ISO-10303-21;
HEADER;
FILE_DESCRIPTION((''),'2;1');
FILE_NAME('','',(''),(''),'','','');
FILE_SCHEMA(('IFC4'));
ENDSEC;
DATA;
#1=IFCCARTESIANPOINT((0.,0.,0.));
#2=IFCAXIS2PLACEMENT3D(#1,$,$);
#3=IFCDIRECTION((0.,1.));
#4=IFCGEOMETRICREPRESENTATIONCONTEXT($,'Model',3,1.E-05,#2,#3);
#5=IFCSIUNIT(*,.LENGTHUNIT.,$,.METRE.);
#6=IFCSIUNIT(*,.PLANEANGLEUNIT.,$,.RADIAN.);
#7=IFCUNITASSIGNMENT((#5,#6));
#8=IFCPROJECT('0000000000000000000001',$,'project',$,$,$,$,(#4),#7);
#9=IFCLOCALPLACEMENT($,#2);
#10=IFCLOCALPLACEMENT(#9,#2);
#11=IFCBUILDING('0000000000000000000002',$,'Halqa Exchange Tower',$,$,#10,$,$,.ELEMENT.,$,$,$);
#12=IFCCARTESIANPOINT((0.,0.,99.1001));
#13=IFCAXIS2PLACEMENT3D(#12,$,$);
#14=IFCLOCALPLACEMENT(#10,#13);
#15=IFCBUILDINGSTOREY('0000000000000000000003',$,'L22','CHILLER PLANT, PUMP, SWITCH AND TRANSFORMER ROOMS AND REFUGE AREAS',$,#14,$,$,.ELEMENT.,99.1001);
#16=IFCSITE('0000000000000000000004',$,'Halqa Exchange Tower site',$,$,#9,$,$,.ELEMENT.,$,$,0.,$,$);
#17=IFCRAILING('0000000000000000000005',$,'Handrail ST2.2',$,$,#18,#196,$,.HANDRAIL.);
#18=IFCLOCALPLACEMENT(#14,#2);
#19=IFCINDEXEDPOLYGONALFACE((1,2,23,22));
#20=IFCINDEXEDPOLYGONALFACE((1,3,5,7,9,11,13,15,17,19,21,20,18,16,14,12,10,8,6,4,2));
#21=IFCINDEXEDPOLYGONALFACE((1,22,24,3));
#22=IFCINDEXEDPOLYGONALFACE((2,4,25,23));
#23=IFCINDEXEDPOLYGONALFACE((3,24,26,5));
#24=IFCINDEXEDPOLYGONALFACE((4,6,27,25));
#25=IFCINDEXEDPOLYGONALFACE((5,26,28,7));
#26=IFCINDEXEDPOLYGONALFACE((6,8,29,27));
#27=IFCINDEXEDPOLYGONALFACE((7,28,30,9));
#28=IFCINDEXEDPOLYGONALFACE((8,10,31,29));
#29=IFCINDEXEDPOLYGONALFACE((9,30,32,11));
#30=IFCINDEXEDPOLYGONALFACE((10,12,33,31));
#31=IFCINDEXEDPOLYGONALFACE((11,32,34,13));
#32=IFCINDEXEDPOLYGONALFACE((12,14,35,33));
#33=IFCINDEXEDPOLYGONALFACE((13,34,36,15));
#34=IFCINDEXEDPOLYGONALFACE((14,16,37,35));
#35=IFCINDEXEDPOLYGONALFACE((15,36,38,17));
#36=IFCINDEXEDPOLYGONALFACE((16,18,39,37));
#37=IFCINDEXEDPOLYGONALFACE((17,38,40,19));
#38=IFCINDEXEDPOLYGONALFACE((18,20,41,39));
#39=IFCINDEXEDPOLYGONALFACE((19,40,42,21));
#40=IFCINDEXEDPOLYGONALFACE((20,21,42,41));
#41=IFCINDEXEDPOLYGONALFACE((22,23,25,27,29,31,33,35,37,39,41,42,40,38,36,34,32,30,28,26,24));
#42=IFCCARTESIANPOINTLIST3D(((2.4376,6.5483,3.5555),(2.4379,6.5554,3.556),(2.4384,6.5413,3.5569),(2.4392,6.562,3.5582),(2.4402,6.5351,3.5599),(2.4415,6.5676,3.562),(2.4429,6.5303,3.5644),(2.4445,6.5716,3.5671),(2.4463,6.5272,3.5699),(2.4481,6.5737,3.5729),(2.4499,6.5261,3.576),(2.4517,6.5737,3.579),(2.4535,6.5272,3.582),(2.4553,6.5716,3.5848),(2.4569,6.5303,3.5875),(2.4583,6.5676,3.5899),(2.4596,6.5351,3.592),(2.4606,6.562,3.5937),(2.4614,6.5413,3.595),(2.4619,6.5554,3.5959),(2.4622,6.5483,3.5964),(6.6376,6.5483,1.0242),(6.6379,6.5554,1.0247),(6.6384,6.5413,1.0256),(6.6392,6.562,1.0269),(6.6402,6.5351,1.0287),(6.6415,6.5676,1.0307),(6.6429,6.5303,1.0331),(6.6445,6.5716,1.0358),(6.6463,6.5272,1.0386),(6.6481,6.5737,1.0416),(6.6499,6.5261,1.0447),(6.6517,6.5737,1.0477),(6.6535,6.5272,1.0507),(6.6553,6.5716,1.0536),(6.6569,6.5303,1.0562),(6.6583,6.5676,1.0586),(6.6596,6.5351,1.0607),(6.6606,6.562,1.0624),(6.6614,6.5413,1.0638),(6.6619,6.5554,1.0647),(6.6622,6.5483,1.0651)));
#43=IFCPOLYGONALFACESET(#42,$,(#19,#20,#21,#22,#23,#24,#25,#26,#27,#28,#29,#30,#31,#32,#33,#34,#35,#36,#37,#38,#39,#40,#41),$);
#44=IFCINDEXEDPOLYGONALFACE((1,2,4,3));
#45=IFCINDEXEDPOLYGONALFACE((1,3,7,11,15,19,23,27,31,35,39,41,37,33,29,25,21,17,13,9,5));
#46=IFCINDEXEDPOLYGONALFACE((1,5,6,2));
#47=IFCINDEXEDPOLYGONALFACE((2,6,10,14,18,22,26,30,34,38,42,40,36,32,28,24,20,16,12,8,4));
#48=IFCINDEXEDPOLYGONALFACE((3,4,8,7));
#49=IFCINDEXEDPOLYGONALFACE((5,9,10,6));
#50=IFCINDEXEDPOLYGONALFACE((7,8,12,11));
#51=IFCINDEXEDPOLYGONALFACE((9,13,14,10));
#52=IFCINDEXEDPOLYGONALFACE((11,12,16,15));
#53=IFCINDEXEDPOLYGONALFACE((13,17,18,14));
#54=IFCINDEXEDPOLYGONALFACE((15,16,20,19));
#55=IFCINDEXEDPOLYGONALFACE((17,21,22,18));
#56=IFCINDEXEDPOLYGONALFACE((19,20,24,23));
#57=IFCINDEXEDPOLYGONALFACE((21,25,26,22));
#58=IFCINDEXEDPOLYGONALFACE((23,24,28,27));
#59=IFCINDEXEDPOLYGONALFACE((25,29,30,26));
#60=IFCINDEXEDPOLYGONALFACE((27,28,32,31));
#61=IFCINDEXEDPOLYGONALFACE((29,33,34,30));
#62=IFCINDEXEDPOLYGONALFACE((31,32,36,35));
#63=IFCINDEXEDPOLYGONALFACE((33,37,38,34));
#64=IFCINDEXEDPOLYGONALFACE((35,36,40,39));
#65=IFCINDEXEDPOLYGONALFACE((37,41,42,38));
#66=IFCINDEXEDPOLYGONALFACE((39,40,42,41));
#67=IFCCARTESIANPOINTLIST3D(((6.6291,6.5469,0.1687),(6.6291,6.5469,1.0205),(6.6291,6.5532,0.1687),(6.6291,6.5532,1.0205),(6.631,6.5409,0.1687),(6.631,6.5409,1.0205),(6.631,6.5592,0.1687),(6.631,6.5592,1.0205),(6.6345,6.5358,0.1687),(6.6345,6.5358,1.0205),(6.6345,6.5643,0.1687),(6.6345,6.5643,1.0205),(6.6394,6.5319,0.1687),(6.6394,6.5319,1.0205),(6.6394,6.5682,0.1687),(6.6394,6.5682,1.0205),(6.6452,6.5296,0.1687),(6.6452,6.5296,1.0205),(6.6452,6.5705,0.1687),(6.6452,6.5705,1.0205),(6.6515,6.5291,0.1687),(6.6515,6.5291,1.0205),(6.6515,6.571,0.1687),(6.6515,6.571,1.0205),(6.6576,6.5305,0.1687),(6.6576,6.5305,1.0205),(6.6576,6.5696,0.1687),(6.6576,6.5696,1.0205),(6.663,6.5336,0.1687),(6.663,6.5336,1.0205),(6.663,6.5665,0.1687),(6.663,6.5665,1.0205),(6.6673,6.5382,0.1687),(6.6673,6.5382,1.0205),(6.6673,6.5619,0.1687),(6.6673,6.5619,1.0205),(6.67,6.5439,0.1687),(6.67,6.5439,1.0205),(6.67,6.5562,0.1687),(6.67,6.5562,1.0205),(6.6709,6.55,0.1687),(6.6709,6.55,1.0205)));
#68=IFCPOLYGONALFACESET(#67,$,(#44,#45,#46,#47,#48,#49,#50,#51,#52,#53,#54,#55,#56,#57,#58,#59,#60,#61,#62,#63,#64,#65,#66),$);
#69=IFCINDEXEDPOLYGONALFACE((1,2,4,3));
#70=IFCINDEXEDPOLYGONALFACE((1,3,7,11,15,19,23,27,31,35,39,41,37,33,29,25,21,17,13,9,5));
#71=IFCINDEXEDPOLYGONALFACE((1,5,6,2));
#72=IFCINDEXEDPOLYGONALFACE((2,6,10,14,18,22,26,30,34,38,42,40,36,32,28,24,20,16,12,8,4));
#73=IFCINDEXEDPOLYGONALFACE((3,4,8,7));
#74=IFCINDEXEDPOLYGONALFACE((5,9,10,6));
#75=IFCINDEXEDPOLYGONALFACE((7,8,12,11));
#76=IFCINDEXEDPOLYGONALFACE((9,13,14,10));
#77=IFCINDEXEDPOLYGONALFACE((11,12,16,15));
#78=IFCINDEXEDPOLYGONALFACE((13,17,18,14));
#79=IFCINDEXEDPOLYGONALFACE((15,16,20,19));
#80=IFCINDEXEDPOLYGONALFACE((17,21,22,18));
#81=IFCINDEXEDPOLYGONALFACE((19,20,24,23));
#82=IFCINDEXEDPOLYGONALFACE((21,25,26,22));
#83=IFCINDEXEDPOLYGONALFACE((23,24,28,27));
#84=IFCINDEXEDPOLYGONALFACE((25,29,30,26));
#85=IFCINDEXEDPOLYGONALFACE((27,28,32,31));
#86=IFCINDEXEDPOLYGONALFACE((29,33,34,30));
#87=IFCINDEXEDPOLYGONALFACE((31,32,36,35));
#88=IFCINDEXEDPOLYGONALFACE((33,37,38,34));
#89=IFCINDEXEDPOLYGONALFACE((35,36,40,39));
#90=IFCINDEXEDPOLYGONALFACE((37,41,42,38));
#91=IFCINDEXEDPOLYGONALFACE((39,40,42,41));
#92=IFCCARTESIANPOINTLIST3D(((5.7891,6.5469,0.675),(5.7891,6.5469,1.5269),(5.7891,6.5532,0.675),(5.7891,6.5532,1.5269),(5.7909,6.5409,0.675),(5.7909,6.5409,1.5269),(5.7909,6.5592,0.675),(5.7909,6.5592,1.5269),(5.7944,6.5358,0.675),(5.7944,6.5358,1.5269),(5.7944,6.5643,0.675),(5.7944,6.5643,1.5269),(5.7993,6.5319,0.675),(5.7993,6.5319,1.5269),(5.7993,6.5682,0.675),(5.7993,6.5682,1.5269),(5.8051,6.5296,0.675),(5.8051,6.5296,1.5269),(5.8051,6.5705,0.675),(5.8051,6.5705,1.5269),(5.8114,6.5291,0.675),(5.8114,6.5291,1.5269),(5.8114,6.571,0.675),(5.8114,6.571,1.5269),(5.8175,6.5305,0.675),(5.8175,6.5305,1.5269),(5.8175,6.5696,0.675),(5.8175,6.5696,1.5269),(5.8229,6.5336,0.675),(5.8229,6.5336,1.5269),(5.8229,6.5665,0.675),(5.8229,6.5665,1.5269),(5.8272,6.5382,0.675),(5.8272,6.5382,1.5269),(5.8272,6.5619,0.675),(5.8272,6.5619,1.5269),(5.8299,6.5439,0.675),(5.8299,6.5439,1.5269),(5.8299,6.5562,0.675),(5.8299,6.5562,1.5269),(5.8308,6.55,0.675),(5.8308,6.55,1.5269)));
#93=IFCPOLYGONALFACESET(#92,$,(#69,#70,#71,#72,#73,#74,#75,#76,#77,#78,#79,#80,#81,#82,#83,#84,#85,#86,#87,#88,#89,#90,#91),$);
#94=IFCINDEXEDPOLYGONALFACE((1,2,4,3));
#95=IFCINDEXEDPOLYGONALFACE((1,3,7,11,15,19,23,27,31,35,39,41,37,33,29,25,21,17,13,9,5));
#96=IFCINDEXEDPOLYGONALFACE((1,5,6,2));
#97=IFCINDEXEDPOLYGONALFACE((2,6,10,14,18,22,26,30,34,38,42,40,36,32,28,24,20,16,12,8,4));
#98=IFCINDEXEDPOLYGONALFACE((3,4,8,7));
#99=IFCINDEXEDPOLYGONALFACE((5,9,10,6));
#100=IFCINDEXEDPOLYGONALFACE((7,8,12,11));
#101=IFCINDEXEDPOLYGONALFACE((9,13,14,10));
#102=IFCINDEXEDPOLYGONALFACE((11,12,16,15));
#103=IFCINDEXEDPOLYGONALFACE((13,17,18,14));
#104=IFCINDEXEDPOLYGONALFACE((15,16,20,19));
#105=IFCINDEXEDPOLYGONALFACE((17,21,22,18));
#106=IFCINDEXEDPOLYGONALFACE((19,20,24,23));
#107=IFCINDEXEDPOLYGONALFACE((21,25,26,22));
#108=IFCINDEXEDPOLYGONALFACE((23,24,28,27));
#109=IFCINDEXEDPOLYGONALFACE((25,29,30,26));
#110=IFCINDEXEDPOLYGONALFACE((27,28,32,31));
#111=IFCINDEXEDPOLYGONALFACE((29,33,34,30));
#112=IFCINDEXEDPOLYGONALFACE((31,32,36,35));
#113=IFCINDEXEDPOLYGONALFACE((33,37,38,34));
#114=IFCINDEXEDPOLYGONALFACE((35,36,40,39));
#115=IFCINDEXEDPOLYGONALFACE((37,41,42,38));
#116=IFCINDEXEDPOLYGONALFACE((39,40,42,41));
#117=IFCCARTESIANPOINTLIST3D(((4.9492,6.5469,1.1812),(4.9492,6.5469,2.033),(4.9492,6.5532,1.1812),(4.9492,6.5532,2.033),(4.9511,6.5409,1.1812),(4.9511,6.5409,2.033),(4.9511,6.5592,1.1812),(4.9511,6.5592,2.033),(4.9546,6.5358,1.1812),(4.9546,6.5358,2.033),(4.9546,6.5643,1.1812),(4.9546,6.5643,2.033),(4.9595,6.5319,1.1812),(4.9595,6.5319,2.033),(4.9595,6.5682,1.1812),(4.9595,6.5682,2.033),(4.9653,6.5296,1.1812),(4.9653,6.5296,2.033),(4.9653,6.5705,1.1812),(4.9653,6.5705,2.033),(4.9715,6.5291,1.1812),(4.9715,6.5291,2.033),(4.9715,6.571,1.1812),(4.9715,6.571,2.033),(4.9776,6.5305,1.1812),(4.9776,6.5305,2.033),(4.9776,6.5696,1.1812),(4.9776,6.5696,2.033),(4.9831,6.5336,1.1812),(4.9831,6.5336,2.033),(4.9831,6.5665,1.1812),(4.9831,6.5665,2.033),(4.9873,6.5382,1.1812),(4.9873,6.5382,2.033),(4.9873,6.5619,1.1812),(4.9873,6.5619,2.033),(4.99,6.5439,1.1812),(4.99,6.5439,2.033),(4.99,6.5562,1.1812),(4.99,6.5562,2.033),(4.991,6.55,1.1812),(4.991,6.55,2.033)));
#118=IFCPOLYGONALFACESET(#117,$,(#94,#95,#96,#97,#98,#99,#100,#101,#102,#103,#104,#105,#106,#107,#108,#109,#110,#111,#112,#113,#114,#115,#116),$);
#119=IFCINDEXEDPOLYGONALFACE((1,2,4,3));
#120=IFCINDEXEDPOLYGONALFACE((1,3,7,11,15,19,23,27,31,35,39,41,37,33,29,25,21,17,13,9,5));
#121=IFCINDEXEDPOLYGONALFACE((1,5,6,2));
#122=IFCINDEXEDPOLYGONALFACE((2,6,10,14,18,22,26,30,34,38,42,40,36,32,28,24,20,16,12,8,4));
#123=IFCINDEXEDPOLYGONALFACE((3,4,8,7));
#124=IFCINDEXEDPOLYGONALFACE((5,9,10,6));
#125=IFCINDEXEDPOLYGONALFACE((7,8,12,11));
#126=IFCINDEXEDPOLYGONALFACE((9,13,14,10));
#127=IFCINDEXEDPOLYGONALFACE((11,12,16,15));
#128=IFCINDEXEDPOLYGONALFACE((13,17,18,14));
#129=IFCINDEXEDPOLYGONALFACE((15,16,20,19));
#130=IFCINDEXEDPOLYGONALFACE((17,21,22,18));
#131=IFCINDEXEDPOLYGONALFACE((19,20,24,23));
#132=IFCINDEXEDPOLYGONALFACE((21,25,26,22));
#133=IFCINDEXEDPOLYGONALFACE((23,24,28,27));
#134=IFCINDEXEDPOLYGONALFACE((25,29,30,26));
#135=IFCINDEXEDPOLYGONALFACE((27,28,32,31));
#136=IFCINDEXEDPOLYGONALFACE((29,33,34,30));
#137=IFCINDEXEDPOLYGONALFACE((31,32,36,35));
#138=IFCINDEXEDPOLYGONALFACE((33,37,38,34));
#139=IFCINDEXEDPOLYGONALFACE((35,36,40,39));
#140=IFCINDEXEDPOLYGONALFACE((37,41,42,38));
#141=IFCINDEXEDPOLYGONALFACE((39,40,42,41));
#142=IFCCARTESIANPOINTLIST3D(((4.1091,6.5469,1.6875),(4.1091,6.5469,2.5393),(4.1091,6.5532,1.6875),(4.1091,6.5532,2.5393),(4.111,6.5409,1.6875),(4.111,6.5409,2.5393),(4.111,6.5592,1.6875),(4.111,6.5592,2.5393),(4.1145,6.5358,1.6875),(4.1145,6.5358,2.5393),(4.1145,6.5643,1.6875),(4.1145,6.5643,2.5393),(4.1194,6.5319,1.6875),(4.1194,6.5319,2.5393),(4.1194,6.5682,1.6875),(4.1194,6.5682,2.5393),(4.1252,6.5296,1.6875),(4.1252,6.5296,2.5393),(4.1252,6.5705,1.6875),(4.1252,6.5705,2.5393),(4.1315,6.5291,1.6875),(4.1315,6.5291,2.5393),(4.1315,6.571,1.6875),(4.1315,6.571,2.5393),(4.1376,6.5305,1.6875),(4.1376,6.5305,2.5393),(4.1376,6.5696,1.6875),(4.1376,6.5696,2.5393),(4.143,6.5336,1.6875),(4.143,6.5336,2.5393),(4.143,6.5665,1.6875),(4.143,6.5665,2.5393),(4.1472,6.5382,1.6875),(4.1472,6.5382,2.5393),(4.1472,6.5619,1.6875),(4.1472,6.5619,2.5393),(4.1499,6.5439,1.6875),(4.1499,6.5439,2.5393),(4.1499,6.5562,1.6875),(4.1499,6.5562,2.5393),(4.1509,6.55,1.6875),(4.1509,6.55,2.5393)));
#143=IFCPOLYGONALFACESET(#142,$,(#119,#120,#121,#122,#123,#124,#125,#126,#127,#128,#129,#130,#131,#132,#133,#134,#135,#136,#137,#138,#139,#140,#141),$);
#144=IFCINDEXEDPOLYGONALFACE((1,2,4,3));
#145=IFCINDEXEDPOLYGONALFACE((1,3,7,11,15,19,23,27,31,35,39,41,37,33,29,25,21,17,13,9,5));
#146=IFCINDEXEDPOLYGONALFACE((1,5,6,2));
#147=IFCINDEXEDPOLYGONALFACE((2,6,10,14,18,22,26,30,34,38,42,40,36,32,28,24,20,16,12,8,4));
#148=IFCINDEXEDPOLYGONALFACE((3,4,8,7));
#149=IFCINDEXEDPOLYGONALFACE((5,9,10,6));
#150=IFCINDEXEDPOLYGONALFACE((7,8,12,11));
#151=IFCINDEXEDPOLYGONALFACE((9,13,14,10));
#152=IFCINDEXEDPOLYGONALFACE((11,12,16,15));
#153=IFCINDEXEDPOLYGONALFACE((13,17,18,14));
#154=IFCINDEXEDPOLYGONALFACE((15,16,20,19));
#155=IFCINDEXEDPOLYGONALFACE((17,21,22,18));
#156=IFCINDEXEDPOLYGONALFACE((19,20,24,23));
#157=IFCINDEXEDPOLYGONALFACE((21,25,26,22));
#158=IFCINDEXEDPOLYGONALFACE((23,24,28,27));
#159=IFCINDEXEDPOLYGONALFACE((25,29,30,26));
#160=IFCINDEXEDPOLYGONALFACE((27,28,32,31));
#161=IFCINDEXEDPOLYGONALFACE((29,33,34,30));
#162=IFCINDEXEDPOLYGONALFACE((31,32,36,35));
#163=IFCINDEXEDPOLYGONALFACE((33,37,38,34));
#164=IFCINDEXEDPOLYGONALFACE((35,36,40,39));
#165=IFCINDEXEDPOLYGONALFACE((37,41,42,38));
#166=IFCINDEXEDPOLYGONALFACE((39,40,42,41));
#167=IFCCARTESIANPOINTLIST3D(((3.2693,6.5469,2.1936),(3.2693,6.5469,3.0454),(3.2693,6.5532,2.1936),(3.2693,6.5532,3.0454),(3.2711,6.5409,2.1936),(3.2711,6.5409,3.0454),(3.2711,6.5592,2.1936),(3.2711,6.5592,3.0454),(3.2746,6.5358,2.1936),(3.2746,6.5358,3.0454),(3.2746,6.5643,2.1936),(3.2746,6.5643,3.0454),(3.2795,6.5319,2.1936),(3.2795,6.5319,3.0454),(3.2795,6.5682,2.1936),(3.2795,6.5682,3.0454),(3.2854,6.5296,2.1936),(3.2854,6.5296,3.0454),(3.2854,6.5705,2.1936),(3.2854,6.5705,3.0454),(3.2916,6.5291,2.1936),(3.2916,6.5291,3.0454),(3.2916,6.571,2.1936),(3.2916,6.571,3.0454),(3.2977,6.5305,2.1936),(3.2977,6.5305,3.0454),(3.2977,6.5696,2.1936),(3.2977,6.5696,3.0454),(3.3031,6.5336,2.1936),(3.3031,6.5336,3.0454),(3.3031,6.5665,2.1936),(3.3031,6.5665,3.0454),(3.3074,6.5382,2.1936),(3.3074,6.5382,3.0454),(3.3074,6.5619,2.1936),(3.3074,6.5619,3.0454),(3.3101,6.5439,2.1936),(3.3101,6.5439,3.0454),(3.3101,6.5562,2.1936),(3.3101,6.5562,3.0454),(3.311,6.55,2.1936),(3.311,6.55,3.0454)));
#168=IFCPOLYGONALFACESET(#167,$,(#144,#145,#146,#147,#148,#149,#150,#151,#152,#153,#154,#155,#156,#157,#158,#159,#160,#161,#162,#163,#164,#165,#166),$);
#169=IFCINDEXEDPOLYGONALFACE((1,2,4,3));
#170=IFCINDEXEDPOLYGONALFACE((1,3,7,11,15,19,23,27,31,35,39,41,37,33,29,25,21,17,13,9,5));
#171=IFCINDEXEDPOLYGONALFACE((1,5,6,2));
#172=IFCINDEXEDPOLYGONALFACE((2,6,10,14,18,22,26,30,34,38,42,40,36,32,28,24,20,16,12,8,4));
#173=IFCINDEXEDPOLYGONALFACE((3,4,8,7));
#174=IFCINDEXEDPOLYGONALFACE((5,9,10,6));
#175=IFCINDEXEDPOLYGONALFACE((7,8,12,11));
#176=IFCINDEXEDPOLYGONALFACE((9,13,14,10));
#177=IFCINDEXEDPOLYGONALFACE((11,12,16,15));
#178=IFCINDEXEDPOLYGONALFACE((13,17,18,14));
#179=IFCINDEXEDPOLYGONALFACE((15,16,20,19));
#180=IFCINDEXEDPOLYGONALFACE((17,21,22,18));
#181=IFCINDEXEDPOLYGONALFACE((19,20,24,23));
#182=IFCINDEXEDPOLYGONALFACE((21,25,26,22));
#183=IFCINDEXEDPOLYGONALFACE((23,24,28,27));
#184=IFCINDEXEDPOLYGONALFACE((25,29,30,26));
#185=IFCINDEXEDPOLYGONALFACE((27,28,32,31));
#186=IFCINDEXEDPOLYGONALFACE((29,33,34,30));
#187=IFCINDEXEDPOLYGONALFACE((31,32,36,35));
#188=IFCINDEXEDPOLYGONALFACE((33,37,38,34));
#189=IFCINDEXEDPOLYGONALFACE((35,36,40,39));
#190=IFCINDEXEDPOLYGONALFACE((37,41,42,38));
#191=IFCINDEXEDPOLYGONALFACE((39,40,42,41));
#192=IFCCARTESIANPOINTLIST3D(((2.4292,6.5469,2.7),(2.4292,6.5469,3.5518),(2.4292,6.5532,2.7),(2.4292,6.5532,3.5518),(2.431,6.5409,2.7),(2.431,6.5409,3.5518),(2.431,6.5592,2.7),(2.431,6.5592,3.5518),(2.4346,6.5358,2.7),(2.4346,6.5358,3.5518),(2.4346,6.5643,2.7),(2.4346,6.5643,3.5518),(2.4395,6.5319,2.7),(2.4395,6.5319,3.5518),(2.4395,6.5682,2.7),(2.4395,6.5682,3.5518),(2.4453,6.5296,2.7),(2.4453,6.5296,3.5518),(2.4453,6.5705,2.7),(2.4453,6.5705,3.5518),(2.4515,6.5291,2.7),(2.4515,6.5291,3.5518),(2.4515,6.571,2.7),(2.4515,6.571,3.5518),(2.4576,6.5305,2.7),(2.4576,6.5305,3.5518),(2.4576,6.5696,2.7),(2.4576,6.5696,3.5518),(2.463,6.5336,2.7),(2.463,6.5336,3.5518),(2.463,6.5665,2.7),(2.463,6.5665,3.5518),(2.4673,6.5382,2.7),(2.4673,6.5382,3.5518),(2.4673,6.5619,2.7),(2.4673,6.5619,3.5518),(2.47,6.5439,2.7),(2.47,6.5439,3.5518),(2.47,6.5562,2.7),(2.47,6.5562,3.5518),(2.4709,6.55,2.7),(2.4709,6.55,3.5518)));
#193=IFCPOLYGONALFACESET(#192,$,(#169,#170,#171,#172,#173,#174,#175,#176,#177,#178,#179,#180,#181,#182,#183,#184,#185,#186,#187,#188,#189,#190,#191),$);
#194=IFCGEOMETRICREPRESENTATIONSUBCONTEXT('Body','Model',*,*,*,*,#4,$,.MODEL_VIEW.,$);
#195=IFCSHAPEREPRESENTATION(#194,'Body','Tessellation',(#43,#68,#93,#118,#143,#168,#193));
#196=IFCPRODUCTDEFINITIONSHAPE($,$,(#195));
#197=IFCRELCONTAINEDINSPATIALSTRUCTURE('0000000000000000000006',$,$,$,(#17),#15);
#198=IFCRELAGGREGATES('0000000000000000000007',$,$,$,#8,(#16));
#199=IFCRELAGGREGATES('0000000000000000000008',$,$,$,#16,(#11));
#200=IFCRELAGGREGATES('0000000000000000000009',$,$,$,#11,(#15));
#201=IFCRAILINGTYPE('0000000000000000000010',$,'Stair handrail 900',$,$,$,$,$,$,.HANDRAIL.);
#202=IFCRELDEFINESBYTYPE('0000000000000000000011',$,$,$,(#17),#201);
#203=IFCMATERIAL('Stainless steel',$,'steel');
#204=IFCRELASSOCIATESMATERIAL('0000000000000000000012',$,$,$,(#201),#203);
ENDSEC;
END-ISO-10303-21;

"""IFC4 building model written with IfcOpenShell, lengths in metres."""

from ifc_helpers import new_model, si_unit, direction, frame, origin, origin_2d, place, context, subcontext, project, spatial, circle, extrude, material, type_object, element, save


model = new_model("IFC4")

# Units and contexts
model_context = context("Model", 3, precision=1e-05, world=origin(), true_north=direction((0.0, 1.0)))
body_context = subcontext(model_context, "Body", "Model", "MODEL_VIEW")
ifc_project = project(units=[si_unit("LENGTHUNIT", "METRE"), si_unit("PLANEANGLEUNIT", "RADIAN")], contexts=[model_context])

# Site, building, storey
site_placement = place(None, origin())
site = spatial("IfcSite", under=ifc_project, at=site_placement, Name="Halqa Exchange Tower site", CompositionType="ELEMENT", RefElevation=0.0)
building_placement = place(site_placement, origin())
building = spatial("IfcBuilding", under=site, at=building_placement, Name="Halqa Exchange Tower", CompositionType="ELEMENT")
storey_placement = place(building_placement, frame((0.0, 0.0, 99.1001)))
storey = spatial("IfcBuildingStorey", under=building, at=storey_placement, Name="L22", Description="CHILLER PLANT, PUMP, SWITCH AND TRANSFORMER ROOMS AND REFUGE AREAS", CompositionType="ELEMENT", Elevation=99.1001)

# Railing
ifc_material_1 = material(Name="Stainless steel", Category="steel")
railing_type_1 = type_object("IfcRailingType", Name="Stair handrail 900", PredefinedType="HANDRAIL", material=ifc_material_1)
railing_1_placement = place(storey_placement, frame((6.6499, 6.55, 0.1687)))
element("IfcRailing", 1, at=railing_1_placement, inside=storey, type_object=railing_type_1, Name="Handrail ST2.2", PredefinedType="HANDRAIL", context=body_context, shape_type="SweptSolid", body=[
    extrude(circle(Radius=0.0239, at=origin_2d()), frame((0.0, 0.0, 0.876), z_axis=(-0.856476, 0.0, 0.516186), x_axis=(0.0, -1.0, 0.0)), (0.0, 0.0, 1.0), 4.9038),
    extrude(circle(Radius=0.021, at=origin_2d()), origin(), (0.0, 0.0, 1.0), 0.8518),
    extrude(circle(Radius=0.021, at=origin_2d()), frame((-0.8401, 0.0, 0.5063)), (0.0, 0.0, 1.0), 0.8518),
    extrude(circle(Radius=0.021, at=origin_2d()), frame((-1.6799, 0.0, 1.0125)), (0.0, 0.0, 1.0), 0.8518),
    extrude(circle(Radius=0.021, at=origin_2d()), frame((-2.52, 0.0, 1.5188)), (0.0, 0.0, 1.0), 0.8518),
    extrude(circle(Radius=0.021, at=origin_2d()), frame((-3.3599, 0.0, 2.0249)), (0.0, 0.0, 1.0), 0.8518),
    extrude(circle(Radius=0.021, at=origin_2d()), frame((-4.2, 0.0, 2.5312)), (0.0, 0.0, 1.0), 0.8518),
])

save(model, "model.ifc")
